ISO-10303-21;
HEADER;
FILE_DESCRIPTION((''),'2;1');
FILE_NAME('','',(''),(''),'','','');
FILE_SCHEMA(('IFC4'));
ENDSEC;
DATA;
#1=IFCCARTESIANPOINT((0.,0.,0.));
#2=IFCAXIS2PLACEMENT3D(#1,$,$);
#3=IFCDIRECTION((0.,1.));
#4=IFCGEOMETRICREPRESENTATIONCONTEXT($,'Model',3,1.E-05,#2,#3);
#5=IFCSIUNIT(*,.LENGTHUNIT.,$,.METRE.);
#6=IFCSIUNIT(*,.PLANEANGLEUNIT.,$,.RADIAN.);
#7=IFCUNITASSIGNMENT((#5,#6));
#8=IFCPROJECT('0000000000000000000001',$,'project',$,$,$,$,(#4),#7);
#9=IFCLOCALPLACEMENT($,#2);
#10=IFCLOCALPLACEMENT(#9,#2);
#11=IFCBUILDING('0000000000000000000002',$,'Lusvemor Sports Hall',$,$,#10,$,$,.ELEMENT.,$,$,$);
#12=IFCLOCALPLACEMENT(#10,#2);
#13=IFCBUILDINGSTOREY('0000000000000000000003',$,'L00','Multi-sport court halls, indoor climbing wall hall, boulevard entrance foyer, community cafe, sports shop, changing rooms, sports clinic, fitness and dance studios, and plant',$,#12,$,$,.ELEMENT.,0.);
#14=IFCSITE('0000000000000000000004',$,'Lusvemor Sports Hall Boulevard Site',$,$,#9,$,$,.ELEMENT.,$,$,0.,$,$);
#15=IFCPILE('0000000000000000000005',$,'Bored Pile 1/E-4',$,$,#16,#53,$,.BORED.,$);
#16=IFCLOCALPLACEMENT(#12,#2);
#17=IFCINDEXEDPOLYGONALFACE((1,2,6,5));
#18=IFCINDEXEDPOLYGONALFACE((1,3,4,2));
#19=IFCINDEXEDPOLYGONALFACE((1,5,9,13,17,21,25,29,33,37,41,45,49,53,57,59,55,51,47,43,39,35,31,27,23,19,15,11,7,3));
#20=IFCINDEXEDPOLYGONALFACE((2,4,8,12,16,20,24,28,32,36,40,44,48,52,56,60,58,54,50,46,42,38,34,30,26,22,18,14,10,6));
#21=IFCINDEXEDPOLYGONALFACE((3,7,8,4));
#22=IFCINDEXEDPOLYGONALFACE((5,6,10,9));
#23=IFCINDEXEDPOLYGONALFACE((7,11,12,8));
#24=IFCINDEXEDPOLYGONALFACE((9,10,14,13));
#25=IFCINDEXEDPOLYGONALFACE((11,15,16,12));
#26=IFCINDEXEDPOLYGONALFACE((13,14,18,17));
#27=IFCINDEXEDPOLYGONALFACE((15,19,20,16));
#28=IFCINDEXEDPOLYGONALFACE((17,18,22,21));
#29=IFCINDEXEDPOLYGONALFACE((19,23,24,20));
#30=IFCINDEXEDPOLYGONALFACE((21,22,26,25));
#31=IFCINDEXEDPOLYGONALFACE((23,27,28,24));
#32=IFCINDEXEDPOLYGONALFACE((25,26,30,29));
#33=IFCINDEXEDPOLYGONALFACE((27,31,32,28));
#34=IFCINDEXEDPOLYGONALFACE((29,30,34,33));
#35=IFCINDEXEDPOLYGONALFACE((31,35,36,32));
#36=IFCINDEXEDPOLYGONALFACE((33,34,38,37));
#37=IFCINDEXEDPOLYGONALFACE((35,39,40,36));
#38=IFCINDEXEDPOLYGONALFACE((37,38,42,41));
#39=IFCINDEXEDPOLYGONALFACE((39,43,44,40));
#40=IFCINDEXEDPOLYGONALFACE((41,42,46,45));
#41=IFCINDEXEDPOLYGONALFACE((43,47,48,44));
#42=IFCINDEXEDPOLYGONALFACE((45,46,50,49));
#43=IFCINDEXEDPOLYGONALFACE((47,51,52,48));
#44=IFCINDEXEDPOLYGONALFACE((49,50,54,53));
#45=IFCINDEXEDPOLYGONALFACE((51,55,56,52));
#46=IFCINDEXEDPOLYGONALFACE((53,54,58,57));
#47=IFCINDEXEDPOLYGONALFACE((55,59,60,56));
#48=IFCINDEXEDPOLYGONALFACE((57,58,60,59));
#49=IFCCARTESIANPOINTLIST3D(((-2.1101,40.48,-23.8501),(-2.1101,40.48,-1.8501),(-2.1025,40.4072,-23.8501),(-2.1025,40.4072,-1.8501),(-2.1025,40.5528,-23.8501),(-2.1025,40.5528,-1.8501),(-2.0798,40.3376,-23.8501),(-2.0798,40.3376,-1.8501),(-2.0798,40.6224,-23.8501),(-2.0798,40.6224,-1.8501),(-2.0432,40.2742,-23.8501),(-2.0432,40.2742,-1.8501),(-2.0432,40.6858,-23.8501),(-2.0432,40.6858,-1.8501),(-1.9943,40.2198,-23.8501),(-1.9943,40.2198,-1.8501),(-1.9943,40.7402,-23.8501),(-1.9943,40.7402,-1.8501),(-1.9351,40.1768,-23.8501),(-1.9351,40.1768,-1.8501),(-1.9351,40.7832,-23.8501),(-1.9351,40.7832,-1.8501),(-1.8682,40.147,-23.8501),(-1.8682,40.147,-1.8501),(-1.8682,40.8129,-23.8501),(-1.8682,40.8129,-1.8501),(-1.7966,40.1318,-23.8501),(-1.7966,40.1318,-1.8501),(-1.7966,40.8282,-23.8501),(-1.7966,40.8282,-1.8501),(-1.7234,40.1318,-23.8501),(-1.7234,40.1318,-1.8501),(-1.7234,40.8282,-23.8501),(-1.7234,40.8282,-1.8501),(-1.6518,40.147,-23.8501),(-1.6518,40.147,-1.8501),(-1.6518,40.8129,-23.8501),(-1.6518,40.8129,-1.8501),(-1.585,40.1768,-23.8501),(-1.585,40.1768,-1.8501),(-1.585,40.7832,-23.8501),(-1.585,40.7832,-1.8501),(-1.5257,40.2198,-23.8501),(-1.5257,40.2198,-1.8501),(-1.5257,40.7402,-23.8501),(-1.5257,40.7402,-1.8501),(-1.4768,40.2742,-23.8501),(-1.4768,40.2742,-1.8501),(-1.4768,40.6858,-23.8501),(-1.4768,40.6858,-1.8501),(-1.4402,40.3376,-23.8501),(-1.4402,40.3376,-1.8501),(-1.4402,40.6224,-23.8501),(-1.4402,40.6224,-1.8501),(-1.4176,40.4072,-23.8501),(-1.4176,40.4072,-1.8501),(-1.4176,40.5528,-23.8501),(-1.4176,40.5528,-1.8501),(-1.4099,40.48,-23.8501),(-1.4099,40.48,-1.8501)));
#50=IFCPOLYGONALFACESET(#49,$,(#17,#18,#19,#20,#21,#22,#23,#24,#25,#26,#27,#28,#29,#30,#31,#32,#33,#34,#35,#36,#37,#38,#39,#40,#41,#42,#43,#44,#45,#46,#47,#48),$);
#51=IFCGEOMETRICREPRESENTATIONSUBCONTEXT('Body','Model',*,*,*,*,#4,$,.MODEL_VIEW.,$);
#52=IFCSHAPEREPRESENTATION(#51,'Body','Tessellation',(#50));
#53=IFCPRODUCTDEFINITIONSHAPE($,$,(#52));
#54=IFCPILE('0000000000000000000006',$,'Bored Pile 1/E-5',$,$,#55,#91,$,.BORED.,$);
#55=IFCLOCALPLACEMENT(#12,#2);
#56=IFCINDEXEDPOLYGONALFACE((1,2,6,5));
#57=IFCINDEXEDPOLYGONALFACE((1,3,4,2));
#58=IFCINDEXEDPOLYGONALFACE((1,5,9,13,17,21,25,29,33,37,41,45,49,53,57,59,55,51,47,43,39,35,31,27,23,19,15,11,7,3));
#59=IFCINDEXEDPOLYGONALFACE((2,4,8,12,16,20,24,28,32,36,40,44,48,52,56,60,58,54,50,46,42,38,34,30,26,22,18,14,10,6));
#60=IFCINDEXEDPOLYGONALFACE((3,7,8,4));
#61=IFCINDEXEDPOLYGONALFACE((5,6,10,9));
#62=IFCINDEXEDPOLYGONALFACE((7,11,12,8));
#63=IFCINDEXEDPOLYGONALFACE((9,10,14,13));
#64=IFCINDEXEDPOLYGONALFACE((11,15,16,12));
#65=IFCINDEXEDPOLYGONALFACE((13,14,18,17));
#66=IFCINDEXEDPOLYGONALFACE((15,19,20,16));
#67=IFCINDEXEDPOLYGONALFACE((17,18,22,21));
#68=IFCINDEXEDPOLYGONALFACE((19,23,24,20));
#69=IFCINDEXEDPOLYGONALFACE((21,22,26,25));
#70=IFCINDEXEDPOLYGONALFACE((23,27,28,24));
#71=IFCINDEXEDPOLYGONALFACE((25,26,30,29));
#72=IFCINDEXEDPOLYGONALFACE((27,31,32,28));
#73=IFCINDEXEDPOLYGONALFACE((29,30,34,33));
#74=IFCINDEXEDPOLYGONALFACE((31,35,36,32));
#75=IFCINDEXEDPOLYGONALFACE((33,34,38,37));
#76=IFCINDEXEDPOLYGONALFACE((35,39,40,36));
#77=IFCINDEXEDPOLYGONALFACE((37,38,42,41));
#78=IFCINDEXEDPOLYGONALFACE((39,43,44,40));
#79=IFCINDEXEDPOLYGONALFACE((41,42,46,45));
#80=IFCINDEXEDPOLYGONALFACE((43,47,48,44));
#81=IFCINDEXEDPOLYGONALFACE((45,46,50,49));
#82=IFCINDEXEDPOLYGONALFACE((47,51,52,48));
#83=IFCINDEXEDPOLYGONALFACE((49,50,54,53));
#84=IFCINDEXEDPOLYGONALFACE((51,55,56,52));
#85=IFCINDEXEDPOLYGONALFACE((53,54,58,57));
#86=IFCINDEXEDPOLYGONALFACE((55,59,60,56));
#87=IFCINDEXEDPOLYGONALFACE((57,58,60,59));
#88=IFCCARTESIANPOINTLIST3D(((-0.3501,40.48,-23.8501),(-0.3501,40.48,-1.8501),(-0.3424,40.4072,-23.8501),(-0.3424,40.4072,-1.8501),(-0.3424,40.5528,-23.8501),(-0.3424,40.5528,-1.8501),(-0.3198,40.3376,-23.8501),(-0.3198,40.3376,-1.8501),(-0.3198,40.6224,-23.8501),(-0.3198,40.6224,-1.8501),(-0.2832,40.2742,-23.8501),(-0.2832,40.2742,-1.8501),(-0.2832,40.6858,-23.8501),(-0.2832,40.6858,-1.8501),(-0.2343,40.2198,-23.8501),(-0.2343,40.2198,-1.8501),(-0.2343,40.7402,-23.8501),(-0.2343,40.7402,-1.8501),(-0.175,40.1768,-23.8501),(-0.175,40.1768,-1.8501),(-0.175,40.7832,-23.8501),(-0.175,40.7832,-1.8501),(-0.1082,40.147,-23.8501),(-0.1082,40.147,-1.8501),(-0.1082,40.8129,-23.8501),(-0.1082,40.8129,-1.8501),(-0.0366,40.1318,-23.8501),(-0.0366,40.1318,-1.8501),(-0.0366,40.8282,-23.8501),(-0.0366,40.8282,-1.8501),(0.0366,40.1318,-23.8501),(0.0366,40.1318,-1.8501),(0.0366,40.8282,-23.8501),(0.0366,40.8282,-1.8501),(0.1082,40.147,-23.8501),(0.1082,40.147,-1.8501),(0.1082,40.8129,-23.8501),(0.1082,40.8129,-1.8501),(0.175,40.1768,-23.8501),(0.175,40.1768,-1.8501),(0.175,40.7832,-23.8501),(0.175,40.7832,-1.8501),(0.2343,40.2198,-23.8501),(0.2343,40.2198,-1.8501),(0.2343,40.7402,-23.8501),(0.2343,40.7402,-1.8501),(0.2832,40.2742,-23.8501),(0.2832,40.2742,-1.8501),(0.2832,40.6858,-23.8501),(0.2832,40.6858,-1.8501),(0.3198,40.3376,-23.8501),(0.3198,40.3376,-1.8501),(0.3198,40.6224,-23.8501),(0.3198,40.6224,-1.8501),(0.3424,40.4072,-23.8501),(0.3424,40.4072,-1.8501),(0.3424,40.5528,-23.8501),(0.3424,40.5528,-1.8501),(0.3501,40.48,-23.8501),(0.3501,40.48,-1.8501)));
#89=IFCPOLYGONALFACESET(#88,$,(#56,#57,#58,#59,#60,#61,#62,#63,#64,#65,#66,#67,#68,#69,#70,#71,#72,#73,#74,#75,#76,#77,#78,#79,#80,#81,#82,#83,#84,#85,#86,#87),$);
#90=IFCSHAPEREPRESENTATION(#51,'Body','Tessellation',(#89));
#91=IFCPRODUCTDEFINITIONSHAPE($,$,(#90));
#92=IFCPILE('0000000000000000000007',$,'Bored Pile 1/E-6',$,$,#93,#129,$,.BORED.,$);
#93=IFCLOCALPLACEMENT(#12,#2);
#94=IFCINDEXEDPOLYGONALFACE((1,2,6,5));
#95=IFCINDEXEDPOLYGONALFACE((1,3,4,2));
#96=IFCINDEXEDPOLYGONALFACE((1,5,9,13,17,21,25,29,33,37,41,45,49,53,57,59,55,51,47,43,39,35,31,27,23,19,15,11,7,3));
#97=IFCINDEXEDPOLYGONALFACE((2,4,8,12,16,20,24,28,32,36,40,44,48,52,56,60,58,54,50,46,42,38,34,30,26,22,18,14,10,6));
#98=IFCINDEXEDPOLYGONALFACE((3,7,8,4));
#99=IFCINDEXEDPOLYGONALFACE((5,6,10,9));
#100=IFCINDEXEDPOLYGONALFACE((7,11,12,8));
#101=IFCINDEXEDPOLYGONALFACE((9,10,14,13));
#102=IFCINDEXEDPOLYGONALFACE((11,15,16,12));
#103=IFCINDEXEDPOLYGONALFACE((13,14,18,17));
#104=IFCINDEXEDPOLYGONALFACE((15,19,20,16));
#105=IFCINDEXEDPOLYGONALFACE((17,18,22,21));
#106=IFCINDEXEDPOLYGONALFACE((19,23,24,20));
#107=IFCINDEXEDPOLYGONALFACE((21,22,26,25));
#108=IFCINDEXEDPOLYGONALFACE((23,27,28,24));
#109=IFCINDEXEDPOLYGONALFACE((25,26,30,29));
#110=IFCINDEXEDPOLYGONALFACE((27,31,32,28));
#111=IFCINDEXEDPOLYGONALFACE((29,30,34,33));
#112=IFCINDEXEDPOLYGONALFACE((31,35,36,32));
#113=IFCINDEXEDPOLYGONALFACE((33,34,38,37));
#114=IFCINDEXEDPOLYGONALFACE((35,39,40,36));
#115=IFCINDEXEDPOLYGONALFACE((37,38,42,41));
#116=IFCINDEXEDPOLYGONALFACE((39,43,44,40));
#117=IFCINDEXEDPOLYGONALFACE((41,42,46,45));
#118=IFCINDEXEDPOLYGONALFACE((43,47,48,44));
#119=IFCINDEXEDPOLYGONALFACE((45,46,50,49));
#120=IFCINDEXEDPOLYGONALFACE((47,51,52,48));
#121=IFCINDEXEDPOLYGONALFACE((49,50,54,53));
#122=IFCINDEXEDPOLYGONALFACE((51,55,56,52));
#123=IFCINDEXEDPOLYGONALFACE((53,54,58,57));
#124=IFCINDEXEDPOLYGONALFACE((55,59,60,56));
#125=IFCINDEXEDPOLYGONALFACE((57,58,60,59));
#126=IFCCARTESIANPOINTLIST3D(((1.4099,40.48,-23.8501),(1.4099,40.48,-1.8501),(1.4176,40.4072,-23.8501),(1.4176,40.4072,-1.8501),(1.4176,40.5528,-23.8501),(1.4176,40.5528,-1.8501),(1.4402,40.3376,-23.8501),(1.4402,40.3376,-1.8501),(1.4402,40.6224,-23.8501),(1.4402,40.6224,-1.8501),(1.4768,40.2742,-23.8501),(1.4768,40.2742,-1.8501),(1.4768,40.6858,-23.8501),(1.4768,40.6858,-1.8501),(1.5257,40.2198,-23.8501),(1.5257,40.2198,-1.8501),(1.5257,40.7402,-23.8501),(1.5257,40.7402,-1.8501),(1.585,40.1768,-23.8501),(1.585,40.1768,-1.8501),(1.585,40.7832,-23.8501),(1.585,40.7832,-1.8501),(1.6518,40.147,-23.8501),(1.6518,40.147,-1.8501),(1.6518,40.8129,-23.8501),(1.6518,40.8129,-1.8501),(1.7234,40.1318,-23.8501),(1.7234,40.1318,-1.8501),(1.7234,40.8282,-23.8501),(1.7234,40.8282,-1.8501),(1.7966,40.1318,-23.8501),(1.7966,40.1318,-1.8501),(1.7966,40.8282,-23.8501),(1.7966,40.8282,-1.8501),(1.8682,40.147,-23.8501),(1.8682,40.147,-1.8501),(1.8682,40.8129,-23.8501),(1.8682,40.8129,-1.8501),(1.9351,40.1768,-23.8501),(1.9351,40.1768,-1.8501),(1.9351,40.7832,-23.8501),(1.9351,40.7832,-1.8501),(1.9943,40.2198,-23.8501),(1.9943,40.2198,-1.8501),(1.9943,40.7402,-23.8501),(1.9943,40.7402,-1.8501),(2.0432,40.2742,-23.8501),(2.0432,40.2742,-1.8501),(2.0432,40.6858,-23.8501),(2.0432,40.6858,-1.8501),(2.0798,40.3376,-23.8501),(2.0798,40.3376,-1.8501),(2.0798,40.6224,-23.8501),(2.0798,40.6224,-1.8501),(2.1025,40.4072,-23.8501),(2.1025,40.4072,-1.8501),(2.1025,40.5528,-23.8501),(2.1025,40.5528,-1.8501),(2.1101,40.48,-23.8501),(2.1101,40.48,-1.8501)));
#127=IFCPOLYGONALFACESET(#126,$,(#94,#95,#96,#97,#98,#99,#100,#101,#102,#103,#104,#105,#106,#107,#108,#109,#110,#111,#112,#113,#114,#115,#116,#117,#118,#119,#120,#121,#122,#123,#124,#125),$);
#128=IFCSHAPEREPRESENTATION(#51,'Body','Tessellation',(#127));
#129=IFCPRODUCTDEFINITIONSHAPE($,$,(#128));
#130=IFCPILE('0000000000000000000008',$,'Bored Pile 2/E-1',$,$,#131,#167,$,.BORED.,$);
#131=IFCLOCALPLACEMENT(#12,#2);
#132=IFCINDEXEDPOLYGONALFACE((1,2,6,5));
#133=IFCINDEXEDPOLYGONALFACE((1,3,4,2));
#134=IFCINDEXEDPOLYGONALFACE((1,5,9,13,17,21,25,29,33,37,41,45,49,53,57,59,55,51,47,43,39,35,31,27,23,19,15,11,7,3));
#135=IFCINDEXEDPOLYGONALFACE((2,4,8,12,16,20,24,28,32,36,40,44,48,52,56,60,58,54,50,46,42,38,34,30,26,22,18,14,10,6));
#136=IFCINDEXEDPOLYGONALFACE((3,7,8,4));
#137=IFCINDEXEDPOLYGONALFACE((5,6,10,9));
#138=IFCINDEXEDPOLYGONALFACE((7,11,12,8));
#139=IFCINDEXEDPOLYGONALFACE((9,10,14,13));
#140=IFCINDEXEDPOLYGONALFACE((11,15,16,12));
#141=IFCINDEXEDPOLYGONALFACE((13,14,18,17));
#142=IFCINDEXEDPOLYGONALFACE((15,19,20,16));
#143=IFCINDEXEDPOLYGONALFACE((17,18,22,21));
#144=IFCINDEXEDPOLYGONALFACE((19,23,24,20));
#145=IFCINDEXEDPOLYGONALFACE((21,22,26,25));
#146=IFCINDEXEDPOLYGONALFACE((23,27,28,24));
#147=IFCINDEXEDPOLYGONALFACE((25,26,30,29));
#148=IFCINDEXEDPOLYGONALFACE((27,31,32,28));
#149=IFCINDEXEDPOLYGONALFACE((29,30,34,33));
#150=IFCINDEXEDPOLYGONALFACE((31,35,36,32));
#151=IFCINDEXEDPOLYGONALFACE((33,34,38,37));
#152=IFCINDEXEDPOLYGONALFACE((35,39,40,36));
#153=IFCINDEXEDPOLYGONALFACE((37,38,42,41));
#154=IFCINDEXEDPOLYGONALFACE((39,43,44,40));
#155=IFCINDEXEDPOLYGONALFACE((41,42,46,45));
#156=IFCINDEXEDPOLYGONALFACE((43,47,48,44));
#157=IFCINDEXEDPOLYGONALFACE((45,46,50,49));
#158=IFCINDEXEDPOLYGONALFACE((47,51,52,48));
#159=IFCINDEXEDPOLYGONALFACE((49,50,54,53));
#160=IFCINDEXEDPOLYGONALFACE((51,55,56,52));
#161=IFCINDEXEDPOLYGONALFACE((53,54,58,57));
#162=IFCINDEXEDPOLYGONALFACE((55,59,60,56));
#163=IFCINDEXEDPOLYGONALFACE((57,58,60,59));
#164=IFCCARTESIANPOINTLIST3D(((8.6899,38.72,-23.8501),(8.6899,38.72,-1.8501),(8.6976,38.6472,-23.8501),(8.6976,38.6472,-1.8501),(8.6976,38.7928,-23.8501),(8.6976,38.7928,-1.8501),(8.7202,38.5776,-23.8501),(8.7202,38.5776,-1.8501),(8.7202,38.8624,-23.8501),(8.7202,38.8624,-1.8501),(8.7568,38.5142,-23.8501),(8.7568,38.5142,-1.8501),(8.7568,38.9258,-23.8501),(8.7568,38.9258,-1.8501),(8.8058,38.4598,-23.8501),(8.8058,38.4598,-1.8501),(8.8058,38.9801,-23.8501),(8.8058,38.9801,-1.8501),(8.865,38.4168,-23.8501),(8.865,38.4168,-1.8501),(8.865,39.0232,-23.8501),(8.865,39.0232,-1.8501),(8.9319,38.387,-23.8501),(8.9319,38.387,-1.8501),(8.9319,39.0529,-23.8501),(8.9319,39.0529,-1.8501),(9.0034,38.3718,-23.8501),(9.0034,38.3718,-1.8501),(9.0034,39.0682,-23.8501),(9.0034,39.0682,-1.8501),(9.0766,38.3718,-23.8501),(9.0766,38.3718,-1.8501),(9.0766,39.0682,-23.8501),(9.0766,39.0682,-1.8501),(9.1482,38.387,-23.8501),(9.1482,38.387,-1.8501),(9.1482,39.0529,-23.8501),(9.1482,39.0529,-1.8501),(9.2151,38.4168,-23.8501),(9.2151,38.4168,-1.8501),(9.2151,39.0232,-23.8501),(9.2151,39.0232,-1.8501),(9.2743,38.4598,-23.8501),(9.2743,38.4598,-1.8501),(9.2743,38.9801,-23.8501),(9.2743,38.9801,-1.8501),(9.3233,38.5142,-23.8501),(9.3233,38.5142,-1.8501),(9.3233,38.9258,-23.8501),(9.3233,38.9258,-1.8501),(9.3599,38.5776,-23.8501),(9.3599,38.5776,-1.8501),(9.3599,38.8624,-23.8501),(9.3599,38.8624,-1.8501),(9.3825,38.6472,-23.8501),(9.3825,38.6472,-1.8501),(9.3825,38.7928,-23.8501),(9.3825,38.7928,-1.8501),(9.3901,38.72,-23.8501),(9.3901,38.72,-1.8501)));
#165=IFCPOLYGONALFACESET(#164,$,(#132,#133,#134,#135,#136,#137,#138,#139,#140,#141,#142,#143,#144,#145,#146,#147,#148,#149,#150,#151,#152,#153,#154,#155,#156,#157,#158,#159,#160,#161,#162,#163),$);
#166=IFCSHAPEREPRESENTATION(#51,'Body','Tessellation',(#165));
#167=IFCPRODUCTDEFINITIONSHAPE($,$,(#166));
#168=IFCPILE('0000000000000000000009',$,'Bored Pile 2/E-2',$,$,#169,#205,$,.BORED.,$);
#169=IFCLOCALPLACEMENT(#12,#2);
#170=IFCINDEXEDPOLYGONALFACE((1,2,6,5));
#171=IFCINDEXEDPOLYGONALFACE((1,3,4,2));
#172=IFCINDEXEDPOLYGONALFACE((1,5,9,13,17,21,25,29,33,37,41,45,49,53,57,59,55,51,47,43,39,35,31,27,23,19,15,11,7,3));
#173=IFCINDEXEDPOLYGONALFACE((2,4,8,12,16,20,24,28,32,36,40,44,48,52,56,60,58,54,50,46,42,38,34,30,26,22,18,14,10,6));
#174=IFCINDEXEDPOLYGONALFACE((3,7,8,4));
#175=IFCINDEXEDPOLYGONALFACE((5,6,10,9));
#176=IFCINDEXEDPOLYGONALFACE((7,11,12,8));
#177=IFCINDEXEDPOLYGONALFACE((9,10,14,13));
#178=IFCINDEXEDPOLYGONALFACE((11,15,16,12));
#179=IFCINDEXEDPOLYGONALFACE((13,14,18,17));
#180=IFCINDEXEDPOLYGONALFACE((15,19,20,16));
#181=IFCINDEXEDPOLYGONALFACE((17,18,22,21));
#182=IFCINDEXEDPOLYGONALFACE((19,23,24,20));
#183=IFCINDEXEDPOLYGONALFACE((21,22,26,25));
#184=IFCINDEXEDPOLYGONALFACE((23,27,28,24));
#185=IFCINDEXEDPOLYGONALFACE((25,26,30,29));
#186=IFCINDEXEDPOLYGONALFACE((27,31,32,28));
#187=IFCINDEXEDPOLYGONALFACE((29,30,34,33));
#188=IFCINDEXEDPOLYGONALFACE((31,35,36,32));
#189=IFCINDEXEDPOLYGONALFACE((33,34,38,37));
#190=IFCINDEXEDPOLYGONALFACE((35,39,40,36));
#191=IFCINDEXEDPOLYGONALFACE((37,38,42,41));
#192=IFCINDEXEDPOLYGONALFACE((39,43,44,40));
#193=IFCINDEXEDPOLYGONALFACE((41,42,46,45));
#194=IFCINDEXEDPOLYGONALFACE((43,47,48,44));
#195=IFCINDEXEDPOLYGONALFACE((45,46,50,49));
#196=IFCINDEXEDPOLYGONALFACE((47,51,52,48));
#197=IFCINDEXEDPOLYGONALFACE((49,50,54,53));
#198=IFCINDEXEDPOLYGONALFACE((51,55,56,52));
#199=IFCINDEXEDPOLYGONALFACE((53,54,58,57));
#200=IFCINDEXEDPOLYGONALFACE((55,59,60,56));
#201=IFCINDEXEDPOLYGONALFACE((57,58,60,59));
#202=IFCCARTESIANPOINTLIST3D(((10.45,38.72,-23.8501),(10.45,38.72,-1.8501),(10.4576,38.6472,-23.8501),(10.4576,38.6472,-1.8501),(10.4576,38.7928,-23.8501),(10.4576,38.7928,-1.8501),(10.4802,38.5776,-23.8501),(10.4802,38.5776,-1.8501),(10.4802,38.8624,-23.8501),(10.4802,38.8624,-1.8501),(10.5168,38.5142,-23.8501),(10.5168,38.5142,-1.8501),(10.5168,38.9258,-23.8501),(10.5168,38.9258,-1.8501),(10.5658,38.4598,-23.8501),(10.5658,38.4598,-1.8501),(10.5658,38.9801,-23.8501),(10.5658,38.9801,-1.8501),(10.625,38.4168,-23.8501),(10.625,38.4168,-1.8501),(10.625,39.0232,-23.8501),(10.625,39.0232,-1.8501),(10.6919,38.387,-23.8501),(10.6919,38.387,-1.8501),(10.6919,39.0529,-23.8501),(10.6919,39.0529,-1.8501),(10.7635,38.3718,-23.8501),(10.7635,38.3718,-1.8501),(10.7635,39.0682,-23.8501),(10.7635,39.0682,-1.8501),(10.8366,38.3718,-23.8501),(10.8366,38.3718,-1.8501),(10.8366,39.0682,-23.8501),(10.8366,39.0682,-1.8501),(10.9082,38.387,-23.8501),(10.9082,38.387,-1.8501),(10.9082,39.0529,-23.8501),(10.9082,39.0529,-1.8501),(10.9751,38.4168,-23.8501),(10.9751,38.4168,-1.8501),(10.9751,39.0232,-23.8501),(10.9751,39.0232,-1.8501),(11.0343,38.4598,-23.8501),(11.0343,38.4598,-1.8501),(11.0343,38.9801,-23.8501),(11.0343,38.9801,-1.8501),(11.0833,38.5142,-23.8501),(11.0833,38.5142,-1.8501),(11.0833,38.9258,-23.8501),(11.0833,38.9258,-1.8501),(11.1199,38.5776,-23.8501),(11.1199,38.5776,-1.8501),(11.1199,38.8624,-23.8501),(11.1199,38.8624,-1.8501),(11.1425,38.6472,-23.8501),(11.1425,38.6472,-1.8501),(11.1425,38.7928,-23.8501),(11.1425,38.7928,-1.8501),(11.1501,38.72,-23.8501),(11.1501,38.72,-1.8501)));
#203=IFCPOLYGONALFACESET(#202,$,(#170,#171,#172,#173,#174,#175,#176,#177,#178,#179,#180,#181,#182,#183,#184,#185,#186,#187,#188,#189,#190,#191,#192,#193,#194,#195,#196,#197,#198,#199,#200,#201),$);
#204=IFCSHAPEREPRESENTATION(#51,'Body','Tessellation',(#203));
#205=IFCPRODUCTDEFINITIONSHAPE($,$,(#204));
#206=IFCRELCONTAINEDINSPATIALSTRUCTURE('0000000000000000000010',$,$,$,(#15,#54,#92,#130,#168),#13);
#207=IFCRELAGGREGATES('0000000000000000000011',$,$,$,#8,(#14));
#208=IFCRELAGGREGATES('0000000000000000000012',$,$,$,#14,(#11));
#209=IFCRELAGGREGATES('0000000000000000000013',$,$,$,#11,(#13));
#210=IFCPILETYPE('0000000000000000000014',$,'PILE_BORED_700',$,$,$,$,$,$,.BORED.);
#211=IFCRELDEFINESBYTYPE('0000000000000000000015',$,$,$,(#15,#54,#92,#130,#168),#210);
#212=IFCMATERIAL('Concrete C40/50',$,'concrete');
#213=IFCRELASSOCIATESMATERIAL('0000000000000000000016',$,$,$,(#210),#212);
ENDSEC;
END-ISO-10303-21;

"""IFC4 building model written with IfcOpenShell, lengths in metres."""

from ifc_helpers import new_model, si_unit, direction, frame, origin, origin_2d, place, context, subcontext, project, spatial, circle, extrude, material, material_profile, profile_set, type_object, element, save


model = new_model("IFC4")

# Units and contexts
model_context = context("Model", 3, precision=1e-05, world=origin(), true_north=direction((0.0, 1.0)))
body_context = subcontext(model_context, "Body", "Model", "MODEL_VIEW")
ifc_project = project(units=[si_unit("LENGTHUNIT", "METRE"), si_unit("PLANEANGLEUNIT", "RADIAN")], contexts=[model_context])

# Site, building, storey
site_placement = place(None, origin())
site = spatial("IfcSite", under=ifc_project, at=site_placement, Name="Lusvemor Sports Hall Boulevard Site", CompositionType="ELEMENT", RefElevation=0.0)
building_placement = place(site_placement, origin())
building = spatial("IfcBuilding", under=site, at=building_placement, Name="Lusvemor Sports Hall", CompositionType="ELEMENT")
storey_placement = place(building_placement, origin())
storey = spatial("IfcBuildingStorey", under=building, at=storey_placement, Name="L00", Description="Multi-sport court halls, indoor climbing wall hall, boulevard entrance foyer, community cafe, sports shop, changing rooms, sports clinic, fitness and dance studios, and plant", CompositionType="ELEMENT", Elevation=0.0)

# Piles
ifc_material_1 = material(Name="Concrete C40/50", Category="concrete")
ifc_material_profile_1 = material_profile(ifc_material_1, circle(Radius=0.3501, at=origin_2d()), Name="PILE700")
ifc_profile_set_1 = profile_set([ifc_material_profile_1], Name="Concrete C40/50")
pile_type = type_object("IfcPileType", Name="PILE_BORED_700", PredefinedType="BORED", material=ifc_profile_set_1)
for number, where, z_axis, x_axis, name in (
    (1, (-1.76, 40.48, -1.8501), (0.0, 0.0, -1.0), (1.0, 0.0, 0.0), "Bored Pile 1/E-4"),
    (2, (0.0, 40.48, -1.8501), (0.0, 0.0, -1.0), (1.0, 0.0, 0.0), "Bored Pile 1/E-5"),
    (3, (1.76, 40.48, -1.8501), (0.0, 0.0, -1.0), (1.0, 0.0, 0.0), "Bored Pile 1/E-6"),
    (4, (9.04, 38.72, -1.8501), (0.0, 0.0, -1.0), (1.0, 0.0, 0.0), "Bored Pile 2/E-1"),
    (5, (10.8, 38.72, -1.8501), (0.0, 0.0, -1.0), (1.0, 0.0, 0.0), "Bored Pile 2/E-2"),
):
    element("IfcPile", number, at=place(storey_placement, frame(where, z_axis=z_axis, x_axis=x_axis)), inside=storey, type_object=pile_type, Name=name, PredefinedType="BORED", context=body_context, shape_type="SweptSolid", body=[
        extrude(circle(Radius=0.3501, at=origin_2d()), origin(), (0.0, 0.0, 1.0), 22.0),
    ])

save(model, "model.ifc")
